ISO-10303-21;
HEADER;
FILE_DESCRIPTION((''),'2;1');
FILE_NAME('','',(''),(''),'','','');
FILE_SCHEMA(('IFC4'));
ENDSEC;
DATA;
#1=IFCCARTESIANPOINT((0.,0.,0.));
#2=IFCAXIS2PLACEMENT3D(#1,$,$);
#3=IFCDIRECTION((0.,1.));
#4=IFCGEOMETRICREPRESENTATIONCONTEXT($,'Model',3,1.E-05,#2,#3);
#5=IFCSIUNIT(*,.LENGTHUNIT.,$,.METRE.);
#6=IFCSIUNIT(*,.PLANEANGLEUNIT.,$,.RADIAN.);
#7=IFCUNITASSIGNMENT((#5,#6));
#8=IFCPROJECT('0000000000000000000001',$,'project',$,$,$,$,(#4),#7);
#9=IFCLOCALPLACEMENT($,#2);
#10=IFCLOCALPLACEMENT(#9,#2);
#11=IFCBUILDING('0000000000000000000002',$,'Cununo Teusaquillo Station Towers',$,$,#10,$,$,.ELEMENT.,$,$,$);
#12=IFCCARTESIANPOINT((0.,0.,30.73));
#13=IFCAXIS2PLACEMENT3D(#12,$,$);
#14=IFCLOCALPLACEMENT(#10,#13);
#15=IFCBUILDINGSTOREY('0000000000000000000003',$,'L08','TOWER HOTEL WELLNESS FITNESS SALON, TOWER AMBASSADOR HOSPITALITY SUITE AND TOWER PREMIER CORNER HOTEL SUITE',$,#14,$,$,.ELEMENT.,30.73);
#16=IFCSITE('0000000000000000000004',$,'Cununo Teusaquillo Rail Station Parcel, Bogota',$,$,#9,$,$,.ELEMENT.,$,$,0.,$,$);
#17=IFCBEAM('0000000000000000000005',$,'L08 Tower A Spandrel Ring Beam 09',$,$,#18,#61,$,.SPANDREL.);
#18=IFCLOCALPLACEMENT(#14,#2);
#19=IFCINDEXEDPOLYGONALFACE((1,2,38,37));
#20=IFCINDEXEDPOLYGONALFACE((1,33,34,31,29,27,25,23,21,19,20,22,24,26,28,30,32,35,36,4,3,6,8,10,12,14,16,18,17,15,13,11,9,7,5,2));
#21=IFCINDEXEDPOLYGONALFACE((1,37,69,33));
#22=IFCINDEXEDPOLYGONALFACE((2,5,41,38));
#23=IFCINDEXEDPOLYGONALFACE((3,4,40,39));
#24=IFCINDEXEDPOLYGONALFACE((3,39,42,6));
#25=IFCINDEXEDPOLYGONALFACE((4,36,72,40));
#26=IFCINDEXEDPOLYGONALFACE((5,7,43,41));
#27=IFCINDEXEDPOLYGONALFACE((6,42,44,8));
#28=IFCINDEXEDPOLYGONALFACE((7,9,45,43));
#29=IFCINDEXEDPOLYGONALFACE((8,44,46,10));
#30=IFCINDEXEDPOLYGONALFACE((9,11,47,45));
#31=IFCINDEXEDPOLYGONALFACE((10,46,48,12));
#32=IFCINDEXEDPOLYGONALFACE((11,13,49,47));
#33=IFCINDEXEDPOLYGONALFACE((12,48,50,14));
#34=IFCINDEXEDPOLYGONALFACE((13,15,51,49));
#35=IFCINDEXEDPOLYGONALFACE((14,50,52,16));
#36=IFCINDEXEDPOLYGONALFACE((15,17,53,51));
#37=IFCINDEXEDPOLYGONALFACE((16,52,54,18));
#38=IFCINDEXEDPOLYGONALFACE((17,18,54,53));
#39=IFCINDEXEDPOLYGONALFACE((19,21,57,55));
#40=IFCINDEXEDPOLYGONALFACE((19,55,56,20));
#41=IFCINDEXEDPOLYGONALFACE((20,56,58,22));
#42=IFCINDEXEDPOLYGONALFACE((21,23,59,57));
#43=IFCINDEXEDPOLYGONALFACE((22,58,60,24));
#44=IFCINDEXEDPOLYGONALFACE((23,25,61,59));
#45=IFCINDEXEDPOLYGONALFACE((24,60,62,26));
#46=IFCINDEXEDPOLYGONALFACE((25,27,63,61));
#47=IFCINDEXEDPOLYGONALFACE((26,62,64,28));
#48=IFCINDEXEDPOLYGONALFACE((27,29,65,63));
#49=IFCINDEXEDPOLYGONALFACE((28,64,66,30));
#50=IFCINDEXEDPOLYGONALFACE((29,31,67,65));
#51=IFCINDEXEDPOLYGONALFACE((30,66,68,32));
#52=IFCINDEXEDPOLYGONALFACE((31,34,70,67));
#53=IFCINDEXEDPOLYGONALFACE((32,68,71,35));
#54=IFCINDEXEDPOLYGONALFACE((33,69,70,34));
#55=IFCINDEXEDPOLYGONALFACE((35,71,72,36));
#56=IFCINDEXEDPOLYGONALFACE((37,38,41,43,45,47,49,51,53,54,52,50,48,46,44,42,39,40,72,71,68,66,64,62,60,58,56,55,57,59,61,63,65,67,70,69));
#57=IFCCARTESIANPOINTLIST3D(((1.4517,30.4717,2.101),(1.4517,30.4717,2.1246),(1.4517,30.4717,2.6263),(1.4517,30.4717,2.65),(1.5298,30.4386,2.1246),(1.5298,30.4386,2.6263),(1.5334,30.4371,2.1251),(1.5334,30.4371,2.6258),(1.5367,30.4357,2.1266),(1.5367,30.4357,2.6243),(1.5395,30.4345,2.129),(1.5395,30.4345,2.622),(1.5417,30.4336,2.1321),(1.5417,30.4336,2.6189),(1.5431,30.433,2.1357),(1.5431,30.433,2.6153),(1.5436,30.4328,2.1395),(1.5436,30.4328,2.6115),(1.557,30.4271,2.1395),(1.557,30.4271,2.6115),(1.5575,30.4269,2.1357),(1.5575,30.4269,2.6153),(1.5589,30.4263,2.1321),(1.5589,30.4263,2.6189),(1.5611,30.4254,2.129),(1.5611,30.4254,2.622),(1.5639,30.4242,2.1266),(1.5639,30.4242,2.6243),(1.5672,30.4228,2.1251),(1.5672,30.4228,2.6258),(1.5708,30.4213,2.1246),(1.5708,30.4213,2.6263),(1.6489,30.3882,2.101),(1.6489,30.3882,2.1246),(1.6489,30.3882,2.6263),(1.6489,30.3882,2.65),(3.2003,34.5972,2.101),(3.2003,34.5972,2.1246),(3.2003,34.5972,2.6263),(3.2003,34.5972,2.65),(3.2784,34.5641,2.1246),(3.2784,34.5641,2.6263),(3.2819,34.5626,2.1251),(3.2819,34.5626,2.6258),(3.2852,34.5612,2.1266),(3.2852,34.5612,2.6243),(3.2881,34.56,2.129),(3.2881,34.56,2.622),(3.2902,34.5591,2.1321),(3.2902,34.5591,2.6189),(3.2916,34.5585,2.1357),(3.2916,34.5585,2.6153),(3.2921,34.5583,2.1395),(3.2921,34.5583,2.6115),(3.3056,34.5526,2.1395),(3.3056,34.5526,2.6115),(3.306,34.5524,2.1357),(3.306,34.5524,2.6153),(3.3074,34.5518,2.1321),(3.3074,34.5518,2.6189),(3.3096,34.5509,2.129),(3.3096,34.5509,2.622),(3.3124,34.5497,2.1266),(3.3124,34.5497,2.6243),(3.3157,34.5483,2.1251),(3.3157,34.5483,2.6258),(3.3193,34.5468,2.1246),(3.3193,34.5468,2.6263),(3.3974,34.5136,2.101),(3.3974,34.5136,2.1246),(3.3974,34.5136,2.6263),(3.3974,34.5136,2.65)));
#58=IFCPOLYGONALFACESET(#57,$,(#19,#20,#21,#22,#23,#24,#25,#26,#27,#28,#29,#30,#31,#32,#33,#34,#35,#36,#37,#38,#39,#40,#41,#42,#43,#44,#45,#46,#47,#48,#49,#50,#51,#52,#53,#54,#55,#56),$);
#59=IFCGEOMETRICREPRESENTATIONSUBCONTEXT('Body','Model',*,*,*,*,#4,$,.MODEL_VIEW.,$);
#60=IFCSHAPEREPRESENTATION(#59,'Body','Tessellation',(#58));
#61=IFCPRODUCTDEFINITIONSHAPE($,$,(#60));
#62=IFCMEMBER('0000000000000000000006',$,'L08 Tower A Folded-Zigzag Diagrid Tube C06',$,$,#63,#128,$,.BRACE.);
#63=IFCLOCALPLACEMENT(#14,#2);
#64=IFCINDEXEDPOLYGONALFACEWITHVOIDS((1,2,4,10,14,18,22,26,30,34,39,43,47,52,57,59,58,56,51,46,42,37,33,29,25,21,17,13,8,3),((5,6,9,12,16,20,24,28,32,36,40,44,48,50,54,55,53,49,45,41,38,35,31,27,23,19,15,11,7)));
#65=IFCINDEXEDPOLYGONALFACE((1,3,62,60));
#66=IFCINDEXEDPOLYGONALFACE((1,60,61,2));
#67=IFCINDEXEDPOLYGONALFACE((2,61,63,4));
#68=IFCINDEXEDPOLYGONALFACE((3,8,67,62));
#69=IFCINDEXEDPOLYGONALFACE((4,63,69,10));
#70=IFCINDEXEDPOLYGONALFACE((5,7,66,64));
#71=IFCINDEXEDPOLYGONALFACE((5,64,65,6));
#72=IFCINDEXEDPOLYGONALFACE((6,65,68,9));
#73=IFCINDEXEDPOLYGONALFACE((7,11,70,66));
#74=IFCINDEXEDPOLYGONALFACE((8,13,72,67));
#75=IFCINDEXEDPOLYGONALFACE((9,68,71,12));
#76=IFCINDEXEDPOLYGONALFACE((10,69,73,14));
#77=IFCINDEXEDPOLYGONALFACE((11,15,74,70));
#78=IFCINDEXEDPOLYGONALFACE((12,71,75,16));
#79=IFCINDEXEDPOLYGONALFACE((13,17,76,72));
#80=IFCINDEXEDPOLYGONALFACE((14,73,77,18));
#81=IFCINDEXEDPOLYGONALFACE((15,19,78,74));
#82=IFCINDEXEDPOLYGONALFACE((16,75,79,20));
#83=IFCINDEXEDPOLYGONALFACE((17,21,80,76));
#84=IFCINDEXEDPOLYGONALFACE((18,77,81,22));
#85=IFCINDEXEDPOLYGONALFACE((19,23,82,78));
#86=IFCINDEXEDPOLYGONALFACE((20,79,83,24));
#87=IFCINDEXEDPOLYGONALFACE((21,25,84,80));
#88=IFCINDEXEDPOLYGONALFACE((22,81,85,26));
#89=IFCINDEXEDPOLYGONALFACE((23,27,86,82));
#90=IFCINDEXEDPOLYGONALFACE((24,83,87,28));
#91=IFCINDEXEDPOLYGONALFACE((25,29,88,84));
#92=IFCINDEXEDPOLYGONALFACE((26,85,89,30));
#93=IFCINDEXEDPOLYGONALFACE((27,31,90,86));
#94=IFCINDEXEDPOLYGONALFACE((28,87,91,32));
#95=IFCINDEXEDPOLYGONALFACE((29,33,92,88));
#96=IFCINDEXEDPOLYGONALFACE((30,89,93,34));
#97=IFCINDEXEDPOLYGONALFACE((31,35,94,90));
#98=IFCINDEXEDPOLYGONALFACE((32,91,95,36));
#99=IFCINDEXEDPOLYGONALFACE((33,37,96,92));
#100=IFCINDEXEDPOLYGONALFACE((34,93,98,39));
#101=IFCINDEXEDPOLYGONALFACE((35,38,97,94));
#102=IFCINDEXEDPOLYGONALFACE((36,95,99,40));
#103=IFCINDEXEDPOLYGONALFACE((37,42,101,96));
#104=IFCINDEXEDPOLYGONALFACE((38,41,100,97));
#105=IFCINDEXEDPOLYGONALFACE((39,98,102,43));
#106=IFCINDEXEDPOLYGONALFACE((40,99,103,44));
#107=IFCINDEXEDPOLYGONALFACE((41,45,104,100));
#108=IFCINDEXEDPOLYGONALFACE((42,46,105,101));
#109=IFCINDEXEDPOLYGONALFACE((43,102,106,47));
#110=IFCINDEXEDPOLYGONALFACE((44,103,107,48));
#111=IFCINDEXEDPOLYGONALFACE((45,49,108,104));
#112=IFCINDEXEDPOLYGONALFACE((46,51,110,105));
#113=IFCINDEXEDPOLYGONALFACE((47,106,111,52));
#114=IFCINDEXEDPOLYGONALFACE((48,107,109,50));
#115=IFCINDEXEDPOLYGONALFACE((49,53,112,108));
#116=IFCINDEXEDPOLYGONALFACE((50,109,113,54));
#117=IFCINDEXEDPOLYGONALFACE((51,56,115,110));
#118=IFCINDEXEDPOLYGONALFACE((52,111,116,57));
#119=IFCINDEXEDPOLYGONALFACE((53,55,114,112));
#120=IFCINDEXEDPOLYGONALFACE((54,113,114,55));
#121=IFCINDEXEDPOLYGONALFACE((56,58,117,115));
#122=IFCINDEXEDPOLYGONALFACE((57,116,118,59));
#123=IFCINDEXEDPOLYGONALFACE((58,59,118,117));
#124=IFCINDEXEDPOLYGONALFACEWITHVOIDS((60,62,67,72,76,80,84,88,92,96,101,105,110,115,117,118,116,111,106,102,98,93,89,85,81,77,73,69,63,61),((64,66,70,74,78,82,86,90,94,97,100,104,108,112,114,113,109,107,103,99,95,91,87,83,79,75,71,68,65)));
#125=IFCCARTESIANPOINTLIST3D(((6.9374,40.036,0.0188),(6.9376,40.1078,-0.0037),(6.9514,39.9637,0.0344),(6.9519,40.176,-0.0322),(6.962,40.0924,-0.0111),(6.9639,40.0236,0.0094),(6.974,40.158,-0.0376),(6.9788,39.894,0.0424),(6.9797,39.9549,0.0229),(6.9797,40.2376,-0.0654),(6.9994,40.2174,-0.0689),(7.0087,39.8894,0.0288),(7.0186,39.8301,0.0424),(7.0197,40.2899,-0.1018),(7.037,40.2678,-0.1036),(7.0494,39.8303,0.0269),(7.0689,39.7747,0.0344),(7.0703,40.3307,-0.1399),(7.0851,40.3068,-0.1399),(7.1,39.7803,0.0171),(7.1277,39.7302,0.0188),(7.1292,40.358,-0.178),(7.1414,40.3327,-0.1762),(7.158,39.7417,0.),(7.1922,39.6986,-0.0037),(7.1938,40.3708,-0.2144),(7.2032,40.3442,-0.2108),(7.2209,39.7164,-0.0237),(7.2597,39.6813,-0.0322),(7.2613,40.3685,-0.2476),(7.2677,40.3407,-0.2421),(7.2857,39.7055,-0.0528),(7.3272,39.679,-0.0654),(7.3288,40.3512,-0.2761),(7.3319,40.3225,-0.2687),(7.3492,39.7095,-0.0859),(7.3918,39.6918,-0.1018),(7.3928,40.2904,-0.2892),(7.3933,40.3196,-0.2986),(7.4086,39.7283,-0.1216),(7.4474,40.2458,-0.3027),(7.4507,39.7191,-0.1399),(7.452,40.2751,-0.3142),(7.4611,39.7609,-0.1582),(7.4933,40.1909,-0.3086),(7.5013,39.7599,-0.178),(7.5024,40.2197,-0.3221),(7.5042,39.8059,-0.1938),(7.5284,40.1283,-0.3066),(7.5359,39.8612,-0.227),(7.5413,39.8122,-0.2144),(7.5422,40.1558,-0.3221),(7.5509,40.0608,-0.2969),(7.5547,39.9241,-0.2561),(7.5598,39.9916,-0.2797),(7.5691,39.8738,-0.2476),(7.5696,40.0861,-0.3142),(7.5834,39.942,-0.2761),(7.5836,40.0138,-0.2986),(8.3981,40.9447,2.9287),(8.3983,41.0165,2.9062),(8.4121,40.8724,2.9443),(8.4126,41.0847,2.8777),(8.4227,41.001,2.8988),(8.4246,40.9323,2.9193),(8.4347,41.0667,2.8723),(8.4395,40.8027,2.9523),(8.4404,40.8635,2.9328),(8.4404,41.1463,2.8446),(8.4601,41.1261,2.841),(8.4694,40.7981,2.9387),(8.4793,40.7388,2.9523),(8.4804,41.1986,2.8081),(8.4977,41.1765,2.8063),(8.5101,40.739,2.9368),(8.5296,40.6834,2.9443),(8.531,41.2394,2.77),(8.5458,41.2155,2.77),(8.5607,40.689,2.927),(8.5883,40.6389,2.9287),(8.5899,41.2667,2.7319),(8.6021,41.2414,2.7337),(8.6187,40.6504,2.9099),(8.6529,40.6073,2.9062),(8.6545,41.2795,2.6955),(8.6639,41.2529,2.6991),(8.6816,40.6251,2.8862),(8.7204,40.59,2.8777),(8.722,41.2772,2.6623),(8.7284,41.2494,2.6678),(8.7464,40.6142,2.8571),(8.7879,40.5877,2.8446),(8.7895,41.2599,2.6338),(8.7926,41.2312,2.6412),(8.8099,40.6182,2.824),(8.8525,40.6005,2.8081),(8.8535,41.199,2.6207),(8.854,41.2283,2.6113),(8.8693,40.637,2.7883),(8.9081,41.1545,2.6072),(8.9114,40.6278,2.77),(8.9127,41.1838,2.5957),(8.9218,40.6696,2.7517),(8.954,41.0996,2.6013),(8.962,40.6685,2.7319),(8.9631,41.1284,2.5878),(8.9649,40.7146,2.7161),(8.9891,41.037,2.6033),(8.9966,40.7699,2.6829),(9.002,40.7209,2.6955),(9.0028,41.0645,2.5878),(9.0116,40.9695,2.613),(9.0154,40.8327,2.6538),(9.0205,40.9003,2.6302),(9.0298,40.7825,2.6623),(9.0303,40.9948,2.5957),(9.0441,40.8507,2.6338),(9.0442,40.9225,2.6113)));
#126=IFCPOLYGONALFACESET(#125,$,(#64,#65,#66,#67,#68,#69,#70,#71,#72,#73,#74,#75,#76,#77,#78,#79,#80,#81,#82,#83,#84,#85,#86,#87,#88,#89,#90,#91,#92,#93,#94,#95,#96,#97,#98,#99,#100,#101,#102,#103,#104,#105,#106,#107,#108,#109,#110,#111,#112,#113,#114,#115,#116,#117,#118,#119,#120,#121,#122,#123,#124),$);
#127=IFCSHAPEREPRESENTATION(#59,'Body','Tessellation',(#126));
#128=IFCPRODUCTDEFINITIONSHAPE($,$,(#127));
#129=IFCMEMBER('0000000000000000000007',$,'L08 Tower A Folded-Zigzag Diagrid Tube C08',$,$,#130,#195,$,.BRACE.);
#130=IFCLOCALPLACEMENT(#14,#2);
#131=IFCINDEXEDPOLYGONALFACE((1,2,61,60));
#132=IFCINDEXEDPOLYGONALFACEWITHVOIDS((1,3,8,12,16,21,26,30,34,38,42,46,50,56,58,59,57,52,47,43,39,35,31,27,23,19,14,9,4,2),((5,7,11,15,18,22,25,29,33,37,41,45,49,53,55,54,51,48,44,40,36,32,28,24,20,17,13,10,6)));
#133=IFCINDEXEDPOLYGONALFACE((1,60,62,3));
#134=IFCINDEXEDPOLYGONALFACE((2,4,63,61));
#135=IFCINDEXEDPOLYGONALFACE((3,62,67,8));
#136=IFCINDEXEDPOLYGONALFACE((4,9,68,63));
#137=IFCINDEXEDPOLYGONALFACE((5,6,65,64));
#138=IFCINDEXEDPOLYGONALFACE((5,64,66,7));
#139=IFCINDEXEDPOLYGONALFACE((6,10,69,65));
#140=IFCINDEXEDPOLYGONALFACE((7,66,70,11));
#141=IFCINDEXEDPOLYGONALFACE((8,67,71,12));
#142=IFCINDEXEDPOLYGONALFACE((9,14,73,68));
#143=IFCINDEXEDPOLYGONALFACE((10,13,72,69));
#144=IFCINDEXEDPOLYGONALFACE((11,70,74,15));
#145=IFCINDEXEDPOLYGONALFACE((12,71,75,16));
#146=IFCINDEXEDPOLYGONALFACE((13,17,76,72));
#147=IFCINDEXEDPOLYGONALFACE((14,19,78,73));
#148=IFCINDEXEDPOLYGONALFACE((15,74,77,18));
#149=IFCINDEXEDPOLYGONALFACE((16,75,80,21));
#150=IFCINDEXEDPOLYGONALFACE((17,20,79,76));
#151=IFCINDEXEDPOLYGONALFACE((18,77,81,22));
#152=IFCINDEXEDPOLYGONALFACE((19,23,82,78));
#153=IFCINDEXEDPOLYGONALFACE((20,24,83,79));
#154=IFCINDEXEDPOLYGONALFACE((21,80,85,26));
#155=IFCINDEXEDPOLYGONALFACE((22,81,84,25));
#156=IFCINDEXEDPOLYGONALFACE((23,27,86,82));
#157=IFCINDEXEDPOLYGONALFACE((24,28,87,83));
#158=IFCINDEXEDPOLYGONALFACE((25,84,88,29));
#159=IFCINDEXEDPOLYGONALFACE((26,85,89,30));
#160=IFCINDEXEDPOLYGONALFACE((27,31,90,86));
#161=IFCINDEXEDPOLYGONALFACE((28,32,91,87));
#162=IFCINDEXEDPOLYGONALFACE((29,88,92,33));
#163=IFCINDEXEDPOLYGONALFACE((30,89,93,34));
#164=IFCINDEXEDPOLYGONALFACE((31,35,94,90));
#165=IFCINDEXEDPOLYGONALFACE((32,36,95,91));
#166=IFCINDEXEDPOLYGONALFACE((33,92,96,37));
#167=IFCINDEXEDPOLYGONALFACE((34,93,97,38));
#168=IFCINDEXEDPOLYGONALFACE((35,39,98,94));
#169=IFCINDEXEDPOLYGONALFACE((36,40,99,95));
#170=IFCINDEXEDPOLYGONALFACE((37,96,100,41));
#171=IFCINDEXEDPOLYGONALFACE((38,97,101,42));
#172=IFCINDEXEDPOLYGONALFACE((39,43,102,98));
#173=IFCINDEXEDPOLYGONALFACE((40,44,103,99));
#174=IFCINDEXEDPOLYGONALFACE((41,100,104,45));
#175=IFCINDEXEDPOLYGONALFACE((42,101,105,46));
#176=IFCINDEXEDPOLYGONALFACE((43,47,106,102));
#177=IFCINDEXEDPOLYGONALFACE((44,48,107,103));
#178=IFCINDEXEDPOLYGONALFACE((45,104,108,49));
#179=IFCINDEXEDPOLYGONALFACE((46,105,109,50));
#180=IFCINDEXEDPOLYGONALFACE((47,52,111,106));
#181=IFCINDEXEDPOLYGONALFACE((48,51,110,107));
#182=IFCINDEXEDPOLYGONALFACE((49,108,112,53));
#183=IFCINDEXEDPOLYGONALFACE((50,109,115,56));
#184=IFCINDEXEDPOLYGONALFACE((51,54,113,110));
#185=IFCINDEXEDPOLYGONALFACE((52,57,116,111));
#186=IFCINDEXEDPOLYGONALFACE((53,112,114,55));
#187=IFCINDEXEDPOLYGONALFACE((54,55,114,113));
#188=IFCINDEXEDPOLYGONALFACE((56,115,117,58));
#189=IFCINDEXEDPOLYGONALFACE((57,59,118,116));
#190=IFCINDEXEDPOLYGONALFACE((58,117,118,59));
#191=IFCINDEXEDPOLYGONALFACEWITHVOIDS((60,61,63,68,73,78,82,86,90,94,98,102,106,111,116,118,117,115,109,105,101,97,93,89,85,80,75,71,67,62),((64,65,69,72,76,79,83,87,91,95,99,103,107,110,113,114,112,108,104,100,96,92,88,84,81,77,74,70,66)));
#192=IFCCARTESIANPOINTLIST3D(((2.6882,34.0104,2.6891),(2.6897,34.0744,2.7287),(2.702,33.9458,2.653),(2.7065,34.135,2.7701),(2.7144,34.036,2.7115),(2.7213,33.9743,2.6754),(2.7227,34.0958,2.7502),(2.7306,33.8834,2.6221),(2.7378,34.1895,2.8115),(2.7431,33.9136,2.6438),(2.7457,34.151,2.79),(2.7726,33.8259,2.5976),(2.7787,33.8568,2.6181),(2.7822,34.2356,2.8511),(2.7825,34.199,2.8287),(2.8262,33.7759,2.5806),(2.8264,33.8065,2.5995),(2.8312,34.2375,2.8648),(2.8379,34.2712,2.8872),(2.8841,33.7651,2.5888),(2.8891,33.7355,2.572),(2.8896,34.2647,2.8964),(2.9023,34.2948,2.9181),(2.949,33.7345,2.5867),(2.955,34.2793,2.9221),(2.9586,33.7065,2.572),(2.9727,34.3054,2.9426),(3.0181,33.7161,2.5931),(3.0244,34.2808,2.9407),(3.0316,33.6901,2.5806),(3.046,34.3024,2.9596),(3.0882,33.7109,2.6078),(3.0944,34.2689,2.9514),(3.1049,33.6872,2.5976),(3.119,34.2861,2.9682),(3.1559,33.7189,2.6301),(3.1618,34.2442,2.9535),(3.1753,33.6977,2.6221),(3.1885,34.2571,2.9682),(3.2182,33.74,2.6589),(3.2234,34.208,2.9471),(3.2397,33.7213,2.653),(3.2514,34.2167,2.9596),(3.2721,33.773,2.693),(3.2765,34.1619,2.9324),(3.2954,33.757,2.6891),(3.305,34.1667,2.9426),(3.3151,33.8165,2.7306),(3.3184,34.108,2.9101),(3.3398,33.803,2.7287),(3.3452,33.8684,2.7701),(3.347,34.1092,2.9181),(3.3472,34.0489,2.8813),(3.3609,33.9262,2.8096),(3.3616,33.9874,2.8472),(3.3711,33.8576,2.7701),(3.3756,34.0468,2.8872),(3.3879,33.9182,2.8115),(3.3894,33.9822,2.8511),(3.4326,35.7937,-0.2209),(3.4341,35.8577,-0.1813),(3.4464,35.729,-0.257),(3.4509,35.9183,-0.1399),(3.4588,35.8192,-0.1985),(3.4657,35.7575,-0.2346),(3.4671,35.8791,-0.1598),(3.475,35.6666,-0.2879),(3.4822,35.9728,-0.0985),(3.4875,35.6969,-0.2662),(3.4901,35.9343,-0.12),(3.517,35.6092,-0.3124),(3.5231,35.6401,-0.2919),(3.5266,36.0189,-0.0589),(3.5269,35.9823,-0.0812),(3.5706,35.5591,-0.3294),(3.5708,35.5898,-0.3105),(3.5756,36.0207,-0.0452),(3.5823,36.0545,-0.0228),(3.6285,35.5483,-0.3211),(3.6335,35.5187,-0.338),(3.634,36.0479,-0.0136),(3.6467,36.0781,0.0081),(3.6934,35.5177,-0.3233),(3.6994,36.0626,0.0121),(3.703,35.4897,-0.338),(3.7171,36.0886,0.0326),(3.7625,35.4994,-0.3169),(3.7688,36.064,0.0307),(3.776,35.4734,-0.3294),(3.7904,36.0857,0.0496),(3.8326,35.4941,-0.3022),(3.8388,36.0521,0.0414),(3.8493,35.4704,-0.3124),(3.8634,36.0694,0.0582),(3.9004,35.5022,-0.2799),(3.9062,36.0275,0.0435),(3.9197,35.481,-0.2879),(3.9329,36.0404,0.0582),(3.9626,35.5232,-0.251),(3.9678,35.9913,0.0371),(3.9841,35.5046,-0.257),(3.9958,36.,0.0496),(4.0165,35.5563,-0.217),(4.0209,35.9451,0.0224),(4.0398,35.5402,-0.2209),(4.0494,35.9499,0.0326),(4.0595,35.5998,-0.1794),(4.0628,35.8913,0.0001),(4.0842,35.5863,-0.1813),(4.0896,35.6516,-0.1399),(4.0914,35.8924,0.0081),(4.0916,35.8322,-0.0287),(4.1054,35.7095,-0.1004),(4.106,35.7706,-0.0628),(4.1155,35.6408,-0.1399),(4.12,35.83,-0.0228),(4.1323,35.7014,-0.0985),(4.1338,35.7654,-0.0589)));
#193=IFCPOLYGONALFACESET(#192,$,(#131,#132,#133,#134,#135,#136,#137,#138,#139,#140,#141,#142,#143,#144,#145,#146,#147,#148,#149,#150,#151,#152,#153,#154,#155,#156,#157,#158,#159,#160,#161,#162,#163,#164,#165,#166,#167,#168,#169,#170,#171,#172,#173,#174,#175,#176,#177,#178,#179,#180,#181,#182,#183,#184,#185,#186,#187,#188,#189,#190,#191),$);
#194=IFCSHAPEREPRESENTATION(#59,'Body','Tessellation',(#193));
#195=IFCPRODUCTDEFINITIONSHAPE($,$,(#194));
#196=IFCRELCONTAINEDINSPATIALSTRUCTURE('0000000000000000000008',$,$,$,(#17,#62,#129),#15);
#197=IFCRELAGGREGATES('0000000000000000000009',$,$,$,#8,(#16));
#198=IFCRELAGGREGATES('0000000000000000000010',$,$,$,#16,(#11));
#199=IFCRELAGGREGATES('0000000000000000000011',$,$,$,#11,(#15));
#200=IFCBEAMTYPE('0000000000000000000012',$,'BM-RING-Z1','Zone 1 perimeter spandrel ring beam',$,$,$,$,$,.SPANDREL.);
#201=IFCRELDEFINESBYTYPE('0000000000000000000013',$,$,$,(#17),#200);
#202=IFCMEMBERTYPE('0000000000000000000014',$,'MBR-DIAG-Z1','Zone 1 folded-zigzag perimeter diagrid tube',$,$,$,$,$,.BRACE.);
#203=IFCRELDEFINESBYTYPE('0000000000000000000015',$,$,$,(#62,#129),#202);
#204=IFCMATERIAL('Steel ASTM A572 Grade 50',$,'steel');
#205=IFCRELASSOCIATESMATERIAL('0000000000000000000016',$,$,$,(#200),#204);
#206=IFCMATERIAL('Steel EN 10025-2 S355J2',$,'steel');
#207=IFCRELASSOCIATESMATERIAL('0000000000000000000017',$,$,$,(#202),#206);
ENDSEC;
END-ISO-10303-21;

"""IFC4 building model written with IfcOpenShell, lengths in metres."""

from ifc_helpers import new_model, si_unit, direction, frame, origin, origin_2d, place, context, subcontext, project, spatial, hollow_circle, i_section, extrude, material, material_profile, profile_set, type_object, element, save


model = new_model("IFC4")

# Units and contexts
model_context = context("Model", 3, precision=1e-05, world=origin(), true_north=direction((0.0, 1.0)))
body_context = subcontext(model_context, "Body", "Model", "MODEL_VIEW")
ifc_project = project(units=[si_unit("LENGTHUNIT", "METRE"), si_unit("PLANEANGLEUNIT", "RADIAN")], contexts=[model_context])

# Site, building, storey
site_placement = place(None, origin())
site = spatial("IfcSite", under=ifc_project, at=site_placement, Name="Cununo Teusaquillo Rail Station Parcel, Bogota", CompositionType="ELEMENT", RefElevation=0.0)
building_placement = place(site_placement, origin())
building = spatial("IfcBuilding", under=site, at=building_placement, Name="Cununo Teusaquillo Station Towers", CompositionType="ELEMENT")
storey_placement = place(building_placement, frame((0.0, 0.0, 30.73)))
storey = spatial("IfcBuildingStorey", under=building, at=storey_placement, Name="L08", Description="TOWER HOTEL WELLNESS FITNESS SALON, TOWER AMBASSADOR HOSPITALITY SUITE AND TOWER PREMIER CORNER HOTEL SUITE", CompositionType="ELEMENT", Elevation=30.73)

# Beam
ifc_material_1 = material(Name="Steel ASTM A572 Grade 50", Category="steel")
ifc_material_profile_1 = material_profile(ifc_material_1, i_section(OverallWidth=0.2141, OverallDepth=0.5491, WebThickness=0.0146, FlangeThickness=0.0237, FilletRadius=0.0149, at=origin_2d()), Name="W21X93")
ifc_profile_set_1 = profile_set([ifc_material_profile_1], Name="Steel ASTM A572 Grade 50")
beam_type = type_object("IfcBeamType", Name="BM-RING-Z1", Description="Zone 1 perimeter spandrel ring beam", PredefinedType="SPANDREL", material=ifc_profile_set_1)
beam_1_placement = place(storey_placement, frame((3.2988, 34.5554, 2.3755), z_axis=(-0.390234, -0.920716, 0.0), x_axis=(0.920716, -0.390234, 0.0)))
element("IfcBeam", 1, at=beam_1_placement, inside=storey, type_object=beam_type, Name="L08 Tower A Spandrel Ring Beam 09", PredefinedType="SPANDREL", context=body_context, shape_type="SweptSolid", body=[
    extrude(i_section(OverallWidth=0.2141, OverallDepth=0.5491, WebThickness=0.0146, FlangeThickness=0.0237, FilletRadius=0.0149, at=origin_2d()), origin(), (0.0, 0.0, 1.0), 4.4807),
])

# Members
ifc_material_2 = material(Name="Steel EN 10025-2 S355J2", Category="steel")
ifc_material_profile_2 = material_profile(ifc_material_2, hollow_circle(Radius=0.3601, WallThickness=0.0281, at=origin_2d()), Name="CHS 720x28")
ifc_profile_set_2 = profile_set([ifc_material_profile_2], Name="Steel EN 10025-2 S355J2")
member_type = type_object("IfcMemberType", Name="MBR-DIAG-Z1", Description="Zone 1 folded-zigzag perimeter diagrid tube", PredefinedType="BRACE", material=ifc_profile_set_2)
member_1_placement = place(storey_placement, frame((7.2605, 40.0249, -0.1399), z_axis=(0.43211, 0.268814, 0.860825), x_axis=(-0.528225, 0.849105, 0.0)))
element("IfcMember", 2, at=member_1_placement, inside=storey, type_object=member_type, Name="L08 Tower A Folded-Zigzag Diagrid Tube C06", PredefinedType="BRACE", context=body_context, shape_type="SweptSolid", body=[
    extrude(hollow_circle(Radius=0.3601, WallThickness=0.0281, at=origin_2d()), origin(), (0.0, 0.0, 1.0), 3.3804),
])
member_2_placement = place(storey_placement, frame((3.7832, 35.7795, -0.1399), z_axis=(-0.213104, -0.510498, 0.833054), x_axis=(0.922823, -0.385225, 0.0)))
element("IfcMember", 3, at=member_2_placement, inside=storey, type_object=member_type, Name="L08 Tower A Folded-Zigzag Diagrid Tube C08", PredefinedType="BRACE", context=body_context, shape_type="SweptSolid", body=[
    extrude(hollow_circle(Radius=0.3601, WallThickness=0.0281, at=origin_2d()), origin(), (0.0, 0.0, 1.0), 3.4932),
])

save(model, "model.ifc")
